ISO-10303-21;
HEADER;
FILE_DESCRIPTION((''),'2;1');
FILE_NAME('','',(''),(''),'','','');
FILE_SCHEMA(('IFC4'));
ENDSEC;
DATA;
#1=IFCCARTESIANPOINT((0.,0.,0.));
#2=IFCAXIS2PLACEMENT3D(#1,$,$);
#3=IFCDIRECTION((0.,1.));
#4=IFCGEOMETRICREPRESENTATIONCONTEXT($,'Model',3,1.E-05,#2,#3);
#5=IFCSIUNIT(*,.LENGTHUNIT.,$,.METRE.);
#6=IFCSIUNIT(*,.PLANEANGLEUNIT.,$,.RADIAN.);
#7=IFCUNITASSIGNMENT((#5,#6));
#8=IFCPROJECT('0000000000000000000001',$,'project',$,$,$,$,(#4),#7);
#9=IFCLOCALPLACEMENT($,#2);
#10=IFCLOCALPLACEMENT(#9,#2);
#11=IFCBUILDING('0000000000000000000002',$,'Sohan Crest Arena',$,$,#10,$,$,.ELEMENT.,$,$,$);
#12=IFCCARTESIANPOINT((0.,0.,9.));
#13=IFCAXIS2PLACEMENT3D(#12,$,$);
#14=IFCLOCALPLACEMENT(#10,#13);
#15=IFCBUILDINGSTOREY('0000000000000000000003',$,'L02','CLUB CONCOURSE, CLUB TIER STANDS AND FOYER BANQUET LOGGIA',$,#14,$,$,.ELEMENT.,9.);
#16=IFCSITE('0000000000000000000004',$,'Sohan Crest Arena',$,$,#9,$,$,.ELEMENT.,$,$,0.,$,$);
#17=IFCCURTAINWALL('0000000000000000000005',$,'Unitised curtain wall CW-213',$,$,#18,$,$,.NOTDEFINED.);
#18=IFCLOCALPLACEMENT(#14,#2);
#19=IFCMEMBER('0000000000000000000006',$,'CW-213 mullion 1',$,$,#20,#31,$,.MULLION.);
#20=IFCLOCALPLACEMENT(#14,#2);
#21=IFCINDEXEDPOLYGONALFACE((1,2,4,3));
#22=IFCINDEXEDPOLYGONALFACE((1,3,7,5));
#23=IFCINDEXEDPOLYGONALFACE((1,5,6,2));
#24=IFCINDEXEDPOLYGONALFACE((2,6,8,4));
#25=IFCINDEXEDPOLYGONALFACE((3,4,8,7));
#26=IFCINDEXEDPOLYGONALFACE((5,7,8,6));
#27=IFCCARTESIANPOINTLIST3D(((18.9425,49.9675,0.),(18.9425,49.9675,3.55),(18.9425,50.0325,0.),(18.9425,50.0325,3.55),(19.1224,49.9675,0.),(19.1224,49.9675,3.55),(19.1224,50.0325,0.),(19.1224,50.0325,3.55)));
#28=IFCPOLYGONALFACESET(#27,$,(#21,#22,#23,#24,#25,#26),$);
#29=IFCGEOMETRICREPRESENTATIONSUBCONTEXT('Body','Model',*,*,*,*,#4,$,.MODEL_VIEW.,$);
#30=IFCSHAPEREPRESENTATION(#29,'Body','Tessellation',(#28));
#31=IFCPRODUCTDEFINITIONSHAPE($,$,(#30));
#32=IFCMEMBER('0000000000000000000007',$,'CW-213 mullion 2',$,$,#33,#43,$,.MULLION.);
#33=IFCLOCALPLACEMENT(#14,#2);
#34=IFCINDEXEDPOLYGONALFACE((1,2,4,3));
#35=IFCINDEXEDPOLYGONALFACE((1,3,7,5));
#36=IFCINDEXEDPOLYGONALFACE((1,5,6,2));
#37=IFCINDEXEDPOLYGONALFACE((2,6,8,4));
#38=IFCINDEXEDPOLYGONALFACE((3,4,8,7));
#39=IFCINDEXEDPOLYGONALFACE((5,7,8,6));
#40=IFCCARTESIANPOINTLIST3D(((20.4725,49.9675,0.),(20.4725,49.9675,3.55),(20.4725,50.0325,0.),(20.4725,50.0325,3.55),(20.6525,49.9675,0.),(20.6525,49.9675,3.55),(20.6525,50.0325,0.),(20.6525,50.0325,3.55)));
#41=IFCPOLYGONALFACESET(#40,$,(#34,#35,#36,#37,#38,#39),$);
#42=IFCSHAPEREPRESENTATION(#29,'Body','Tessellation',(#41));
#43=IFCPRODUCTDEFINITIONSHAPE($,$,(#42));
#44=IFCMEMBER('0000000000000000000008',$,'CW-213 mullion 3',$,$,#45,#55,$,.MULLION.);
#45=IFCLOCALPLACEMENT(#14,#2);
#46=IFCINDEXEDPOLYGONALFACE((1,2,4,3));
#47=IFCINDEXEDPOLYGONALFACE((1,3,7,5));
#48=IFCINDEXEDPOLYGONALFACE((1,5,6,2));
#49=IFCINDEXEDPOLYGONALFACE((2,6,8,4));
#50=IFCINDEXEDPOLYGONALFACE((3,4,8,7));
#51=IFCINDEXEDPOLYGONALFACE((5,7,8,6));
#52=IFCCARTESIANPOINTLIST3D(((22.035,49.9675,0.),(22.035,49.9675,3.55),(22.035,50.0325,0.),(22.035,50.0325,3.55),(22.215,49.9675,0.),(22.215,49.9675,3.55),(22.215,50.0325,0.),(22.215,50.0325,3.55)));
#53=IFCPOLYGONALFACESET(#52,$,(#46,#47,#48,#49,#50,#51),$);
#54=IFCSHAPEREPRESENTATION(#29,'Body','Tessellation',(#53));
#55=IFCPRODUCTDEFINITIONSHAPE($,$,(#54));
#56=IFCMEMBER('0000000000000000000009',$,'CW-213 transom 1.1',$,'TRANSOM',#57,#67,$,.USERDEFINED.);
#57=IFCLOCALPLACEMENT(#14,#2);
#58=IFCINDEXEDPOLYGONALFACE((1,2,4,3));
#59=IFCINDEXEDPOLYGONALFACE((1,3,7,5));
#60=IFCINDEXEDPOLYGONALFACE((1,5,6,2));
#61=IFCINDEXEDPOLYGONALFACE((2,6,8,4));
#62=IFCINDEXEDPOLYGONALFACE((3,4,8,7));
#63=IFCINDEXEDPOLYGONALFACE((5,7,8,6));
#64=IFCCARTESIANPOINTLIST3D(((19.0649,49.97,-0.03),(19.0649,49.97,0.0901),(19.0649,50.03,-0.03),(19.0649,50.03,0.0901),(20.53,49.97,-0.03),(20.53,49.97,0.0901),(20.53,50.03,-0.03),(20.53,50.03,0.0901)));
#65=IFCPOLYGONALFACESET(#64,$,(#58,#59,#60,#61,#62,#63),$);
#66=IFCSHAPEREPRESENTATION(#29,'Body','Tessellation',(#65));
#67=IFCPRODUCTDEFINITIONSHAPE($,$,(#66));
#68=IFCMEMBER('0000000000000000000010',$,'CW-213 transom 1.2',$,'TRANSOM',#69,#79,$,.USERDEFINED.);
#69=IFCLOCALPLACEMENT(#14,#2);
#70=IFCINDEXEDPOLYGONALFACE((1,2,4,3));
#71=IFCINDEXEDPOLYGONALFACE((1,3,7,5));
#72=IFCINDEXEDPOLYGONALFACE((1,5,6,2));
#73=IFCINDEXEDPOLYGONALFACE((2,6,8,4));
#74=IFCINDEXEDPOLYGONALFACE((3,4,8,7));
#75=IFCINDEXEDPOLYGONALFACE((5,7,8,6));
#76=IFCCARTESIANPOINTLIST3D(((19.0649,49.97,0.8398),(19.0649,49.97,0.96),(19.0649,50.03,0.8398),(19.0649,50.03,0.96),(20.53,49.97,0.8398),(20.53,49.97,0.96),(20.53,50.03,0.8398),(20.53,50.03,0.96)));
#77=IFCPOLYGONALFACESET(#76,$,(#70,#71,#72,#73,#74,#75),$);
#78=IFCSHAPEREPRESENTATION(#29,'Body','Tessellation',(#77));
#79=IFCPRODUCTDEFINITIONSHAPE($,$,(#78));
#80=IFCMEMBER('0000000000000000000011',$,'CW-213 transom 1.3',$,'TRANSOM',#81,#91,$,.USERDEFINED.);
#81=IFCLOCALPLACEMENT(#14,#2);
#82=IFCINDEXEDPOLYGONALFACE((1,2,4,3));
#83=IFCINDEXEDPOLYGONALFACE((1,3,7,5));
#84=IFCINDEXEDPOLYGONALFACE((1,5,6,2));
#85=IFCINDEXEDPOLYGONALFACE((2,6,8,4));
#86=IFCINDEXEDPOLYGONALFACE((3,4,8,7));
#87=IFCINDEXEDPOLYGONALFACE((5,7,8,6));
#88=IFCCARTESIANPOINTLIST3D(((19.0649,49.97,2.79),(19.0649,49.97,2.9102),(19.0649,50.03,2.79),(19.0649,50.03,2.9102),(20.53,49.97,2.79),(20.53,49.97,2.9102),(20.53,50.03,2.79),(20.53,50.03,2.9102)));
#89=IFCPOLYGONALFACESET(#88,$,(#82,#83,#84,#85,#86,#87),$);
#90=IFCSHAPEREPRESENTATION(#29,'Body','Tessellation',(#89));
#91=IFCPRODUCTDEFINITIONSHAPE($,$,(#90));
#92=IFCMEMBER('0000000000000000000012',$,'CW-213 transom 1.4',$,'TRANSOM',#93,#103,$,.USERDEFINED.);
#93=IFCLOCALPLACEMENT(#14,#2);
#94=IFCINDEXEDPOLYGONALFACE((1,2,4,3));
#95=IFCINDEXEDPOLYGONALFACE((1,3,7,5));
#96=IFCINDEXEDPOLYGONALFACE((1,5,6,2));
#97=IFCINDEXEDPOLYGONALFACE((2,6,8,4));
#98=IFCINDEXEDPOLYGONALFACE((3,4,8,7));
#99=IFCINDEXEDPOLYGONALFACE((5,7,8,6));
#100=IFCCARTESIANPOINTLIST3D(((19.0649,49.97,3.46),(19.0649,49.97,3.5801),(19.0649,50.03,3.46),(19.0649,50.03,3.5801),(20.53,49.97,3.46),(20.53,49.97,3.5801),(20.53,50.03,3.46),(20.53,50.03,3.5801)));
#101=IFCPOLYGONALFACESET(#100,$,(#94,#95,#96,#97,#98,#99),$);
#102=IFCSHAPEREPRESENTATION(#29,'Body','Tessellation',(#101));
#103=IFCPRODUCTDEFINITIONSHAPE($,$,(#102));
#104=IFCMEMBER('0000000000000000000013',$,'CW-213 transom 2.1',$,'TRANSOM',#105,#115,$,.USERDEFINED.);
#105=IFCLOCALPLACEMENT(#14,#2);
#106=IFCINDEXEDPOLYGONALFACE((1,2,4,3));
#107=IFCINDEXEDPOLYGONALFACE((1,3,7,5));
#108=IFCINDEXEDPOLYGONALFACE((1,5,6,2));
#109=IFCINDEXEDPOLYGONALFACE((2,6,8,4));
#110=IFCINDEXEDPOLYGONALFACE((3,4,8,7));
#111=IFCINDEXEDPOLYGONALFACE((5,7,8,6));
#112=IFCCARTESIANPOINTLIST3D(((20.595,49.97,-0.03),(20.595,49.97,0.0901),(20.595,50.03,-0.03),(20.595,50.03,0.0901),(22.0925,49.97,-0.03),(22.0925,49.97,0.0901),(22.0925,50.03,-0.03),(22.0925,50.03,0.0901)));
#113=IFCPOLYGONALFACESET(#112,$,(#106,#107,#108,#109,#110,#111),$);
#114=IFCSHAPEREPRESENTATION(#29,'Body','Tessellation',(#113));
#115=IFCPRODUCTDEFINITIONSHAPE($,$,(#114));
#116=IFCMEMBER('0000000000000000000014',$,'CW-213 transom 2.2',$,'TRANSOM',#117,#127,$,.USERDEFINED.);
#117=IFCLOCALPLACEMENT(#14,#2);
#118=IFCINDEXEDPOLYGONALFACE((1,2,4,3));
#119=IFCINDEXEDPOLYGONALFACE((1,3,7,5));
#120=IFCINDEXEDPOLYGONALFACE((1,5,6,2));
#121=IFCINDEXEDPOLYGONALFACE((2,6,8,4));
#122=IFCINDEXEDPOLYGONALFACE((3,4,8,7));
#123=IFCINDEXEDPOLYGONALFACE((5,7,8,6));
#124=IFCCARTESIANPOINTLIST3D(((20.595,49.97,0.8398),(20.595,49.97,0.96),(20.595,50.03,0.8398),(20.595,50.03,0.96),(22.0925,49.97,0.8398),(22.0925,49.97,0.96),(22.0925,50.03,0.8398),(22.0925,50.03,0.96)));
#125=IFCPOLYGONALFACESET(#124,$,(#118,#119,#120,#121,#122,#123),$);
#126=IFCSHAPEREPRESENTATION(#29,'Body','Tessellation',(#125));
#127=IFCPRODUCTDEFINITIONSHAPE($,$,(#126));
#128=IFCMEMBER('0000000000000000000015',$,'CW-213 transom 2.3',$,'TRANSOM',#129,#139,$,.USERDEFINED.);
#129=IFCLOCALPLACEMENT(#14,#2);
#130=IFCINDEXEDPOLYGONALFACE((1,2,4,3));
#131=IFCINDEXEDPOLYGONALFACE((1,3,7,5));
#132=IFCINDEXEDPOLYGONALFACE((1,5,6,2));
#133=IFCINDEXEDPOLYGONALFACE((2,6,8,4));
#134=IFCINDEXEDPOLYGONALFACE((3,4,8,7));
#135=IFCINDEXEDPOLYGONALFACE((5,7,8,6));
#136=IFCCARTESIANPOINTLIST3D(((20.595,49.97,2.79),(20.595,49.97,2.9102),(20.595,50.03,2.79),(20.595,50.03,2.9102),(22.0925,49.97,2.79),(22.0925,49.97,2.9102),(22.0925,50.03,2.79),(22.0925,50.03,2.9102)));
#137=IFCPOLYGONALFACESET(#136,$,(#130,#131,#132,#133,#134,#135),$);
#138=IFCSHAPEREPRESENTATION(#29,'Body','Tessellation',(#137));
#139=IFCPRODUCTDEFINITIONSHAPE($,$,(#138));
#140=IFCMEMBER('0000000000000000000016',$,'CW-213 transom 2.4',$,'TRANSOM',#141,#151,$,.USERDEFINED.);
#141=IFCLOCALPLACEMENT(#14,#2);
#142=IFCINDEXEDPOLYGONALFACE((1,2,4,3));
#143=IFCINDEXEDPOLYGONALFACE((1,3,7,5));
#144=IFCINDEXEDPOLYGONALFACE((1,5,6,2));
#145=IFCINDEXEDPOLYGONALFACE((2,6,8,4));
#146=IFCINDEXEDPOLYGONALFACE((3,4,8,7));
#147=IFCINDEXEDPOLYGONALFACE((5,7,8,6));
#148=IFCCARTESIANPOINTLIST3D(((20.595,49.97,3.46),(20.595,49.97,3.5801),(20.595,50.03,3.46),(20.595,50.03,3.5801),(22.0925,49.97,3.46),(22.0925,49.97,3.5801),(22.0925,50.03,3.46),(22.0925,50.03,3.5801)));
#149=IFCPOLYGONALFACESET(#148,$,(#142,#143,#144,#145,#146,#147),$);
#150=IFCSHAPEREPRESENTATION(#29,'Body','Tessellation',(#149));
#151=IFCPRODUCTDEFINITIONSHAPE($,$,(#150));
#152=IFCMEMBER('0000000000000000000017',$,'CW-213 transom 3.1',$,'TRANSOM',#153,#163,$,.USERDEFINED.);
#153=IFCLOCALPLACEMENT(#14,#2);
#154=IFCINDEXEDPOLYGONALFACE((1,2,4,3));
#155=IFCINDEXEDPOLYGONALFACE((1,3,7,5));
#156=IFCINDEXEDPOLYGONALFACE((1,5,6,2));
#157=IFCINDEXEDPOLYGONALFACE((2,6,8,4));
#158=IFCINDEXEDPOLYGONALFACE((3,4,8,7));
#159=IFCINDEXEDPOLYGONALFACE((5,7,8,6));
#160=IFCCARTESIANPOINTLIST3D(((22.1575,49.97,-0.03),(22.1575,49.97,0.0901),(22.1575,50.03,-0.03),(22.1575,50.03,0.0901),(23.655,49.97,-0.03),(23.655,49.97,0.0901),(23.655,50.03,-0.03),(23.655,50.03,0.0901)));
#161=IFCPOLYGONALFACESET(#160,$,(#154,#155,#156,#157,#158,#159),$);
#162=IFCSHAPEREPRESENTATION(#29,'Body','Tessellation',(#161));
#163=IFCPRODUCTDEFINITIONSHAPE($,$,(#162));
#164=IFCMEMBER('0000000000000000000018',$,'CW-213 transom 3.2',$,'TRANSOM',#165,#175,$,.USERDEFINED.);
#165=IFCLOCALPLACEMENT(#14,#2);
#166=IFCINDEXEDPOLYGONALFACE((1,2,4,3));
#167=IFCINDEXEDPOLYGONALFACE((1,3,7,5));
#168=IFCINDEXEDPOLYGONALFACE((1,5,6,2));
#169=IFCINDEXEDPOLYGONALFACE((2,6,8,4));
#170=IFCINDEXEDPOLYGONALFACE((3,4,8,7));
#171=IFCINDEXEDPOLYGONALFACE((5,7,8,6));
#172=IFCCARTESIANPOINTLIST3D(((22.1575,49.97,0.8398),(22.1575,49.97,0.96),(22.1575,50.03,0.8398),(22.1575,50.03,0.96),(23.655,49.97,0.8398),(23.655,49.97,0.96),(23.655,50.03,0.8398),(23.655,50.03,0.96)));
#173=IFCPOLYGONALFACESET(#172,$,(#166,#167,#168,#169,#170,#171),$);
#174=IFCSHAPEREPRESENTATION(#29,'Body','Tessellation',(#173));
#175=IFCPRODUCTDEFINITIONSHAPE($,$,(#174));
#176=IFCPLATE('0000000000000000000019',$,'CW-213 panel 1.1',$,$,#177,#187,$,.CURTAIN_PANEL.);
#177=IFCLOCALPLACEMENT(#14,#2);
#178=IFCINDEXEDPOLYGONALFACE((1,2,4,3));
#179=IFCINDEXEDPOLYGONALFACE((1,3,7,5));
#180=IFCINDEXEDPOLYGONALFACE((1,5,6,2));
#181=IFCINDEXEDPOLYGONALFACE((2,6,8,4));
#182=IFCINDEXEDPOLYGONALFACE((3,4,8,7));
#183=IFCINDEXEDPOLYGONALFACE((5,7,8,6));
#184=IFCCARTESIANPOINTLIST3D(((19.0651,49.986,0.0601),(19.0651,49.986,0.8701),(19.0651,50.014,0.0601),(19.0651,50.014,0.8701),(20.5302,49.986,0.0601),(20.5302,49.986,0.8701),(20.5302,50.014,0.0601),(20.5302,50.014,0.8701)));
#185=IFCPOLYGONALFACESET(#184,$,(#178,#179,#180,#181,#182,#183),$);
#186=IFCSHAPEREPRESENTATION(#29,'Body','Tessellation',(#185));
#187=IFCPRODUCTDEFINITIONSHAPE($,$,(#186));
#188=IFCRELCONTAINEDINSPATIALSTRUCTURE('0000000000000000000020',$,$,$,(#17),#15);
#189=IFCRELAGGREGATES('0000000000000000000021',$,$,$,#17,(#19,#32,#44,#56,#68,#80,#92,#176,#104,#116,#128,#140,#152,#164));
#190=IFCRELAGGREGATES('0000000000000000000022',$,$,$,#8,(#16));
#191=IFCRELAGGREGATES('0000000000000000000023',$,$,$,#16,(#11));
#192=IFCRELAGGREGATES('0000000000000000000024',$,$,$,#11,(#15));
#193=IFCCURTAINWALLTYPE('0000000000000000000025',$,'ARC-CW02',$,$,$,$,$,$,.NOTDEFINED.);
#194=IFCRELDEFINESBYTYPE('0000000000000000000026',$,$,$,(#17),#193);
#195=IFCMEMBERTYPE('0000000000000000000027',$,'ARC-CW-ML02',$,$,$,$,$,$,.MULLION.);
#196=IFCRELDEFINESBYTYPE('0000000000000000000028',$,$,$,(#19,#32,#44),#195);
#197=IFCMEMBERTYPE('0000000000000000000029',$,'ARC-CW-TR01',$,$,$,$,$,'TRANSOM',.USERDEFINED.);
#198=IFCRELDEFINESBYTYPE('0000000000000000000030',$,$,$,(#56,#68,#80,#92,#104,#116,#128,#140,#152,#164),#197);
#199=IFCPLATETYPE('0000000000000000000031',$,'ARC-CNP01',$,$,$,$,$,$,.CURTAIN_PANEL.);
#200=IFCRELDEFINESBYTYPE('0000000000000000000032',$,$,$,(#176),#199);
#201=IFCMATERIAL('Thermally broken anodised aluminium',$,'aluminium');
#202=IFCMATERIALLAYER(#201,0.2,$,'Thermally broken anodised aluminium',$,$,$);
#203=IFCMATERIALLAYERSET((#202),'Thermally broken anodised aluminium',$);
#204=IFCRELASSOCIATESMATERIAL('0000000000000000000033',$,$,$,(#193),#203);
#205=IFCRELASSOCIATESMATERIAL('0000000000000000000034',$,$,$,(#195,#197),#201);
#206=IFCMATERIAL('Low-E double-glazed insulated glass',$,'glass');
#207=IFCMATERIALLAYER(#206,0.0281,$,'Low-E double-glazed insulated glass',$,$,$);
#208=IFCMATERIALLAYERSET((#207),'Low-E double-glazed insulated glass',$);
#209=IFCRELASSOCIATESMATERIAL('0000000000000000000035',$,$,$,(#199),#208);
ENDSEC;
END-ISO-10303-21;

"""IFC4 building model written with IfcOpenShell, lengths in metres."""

from ifc_helpers import new_model, si_unit, direction, frame, origin, origin_2d, place, context, subcontext, project, spatial, rectangle, extrude, material, layer, layer_set, material_profile, profile_set, type_object, element, aggregate, save


model = new_model("IFC4")

# Units and contexts
model_context = context("Model", 3, precision=1e-05, world=origin(), true_north=direction((0.0, 1.0)))
body_context = subcontext(model_context, "Body", "Model", "MODEL_VIEW")
ifc_project = project(units=[si_unit("LENGTHUNIT", "METRE"), si_unit("PLANEANGLEUNIT", "RADIAN")], contexts=[model_context])

# Site, building, storey
site_placement = place(None, origin())
site = spatial("IfcSite", under=ifc_project, at=site_placement, Name="Sohan Crest Arena", CompositionType="ELEMENT", RefElevation=0.0)
building_placement = place(site_placement, origin())
building = spatial("IfcBuilding", under=site, at=building_placement, Name="Sohan Crest Arena", CompositionType="ELEMENT")
storey_placement = place(building_placement, frame((0.0, 0.0, 9.0)))
storey = spatial("IfcBuildingStorey", under=building, at=storey_placement, Name="L02", Description="CLUB CONCOURSE, CLUB TIER STANDS AND FOYER BANQUET LOGGIA", CompositionType="ELEMENT", Elevation=9.0)

# Curtain wall, members, plate
ifc_material_1 = material(Name="Thermally broken anodised aluminium", Category="aluminium")
ifc_layer_1 = layer(ifc_material_1, 0.2, Name="Thermally broken anodised aluminium")
ifc_layer_set_1 = layer_set([ifc_layer_1], Name="Thermally broken anodised aluminium")
curtain_wall_type = type_object("IfcCurtainWallType", Name="ARC-CW02", PredefinedType="NOTDEFINED", material=ifc_layer_set_1)
curtain_wall_placement = place(storey_placement, origin())
curtain_wall = element("IfcCurtainWall", 1, at=curtain_wall_placement, inside=storey, type_object=curtain_wall_type, Name="Unitised curtain wall CW-213", PredefinedType="NOTDEFINED")
ifc_material_profile_1 = material_profile(ifc_material_1, rectangle(XDim=0.0649, YDim=0.1799, at=origin_2d()), Name="ALU-MULL 65x180")
ifc_profile_set_1 = profile_set([ifc_material_profile_1], Name="Thermally broken anodised aluminium")
member_type_1 = type_object("IfcMemberType", Name="ARC-CW-ML02", PredefinedType="MULLION", material=ifc_profile_set_1)
member_1_placement = place(storey_placement, frame((19.0325, 50.0, 0.0), z_axis=(0.0, 0.0, 1.0), x_axis=(0.0, 1.0, 0.0)))
member_1 = element("IfcMember", 2, at=member_1_placement, type_object=member_type_1, Name="CW-213 mullion 1", PredefinedType="MULLION", context=body_context, shape_type="SweptSolid", body=[
    extrude(rectangle(XDim=0.0649, YDim=0.1799, at=origin_2d()), origin(), (0.0, 0.0, 1.0), 3.55),
])
member_2_placement = place(storey_placement, frame((20.5625, 50.0, 0.0), z_axis=(0.0, 0.0, 1.0), x_axis=(0.0, 1.0, 0.0)))
member_2 = element("IfcMember", 3, at=member_2_placement, type_object=member_type_1, Name="CW-213 mullion 2", PredefinedType="MULLION", context=body_context, shape_type="SweptSolid", body=[
    extrude(rectangle(XDim=0.0649, YDim=0.1799, at=origin_2d()), origin(), (0.0, 0.0, 1.0), 3.55),
])
member_3_placement = place(storey_placement, frame((22.125, 50.0, 0.0), z_axis=(0.0, 0.0, 1.0), x_axis=(0.0, 1.0, 0.0)))
member_3 = element("IfcMember", 4, at=member_3_placement, type_object=member_type_1, Name="CW-213 mullion 3", PredefinedType="MULLION", context=body_context, shape_type="SweptSolid", body=[
    extrude(rectangle(XDim=0.0649, YDim=0.1799, at=origin_2d()), origin(), (0.0, 0.0, 1.0), 3.55),
])
ifc_material_profile_2 = material_profile(ifc_material_1, rectangle(XDim=0.0601, YDim=0.1201, at=origin_2d()), Name="ALU-TRAN 60x120")
ifc_profile_set_2 = profile_set([ifc_material_profile_2], Name="Thermally broken anodised aluminium")
member_type_2 = type_object("IfcMemberType", Name="ARC-CW-TR01", ElementType="TRANSOM", PredefinedType="USERDEFINED", material=ifc_profile_set_2)
member_4_placement = place(storey_placement, frame((19.0649, 50.0, 0.03), z_axis=(1.0, 0.0, 0.0), x_axis=(0.0, 1.0, 0.0)))
member_4 = element("IfcMember", 5, at=member_4_placement, type_object=member_type_2, Name="CW-213 transom 1.1", ObjectType="TRANSOM", PredefinedType="USERDEFINED", context=body_context, shape_type="SweptSolid", body=[
    extrude(rectangle(XDim=0.0601, YDim=0.1201, at=origin_2d()), origin(), (0.0, 0.0, 1.0), 1.4651),
])
member_5_placement = place(storey_placement, frame((19.0649, 50.0, 0.8999), z_axis=(1.0, 0.0, 0.0), x_axis=(0.0, 1.0, 0.0)))
member_5 = element("IfcMember", 6, at=member_5_placement, type_object=member_type_2, Name="CW-213 transom 1.2", ObjectType="TRANSOM", PredefinedType="USERDEFINED", context=body_context, shape_type="SweptSolid", body=[
    extrude(rectangle(XDim=0.0601, YDim=0.1201, at=origin_2d()), origin(), (0.0, 0.0, 1.0), 1.4651),
])
member_6_placement = place(storey_placement, frame((19.0649, 50.0, 2.8501), z_axis=(1.0, 0.0, 0.0), x_axis=(0.0, 1.0, 0.0)))
member_6 = element("IfcMember", 7, at=member_6_placement, type_object=member_type_2, Name="CW-213 transom 1.3", ObjectType="TRANSOM", PredefinedType="USERDEFINED", context=body_context, shape_type="SweptSolid", body=[
    extrude(rectangle(XDim=0.0601, YDim=0.1201, at=origin_2d()), origin(), (0.0, 0.0, 1.0), 1.4651),
])
member_7_placement = place(storey_placement, frame((19.0649, 50.0, 3.52), z_axis=(1.0, 0.0, 0.0), x_axis=(0.0, 1.0, 0.0)))
member_7 = element("IfcMember", 8, at=member_7_placement, type_object=member_type_2, Name="CW-213 transom 1.4", ObjectType="TRANSOM", PredefinedType="USERDEFINED", context=body_context, shape_type="SweptSolid", body=[
    extrude(rectangle(XDim=0.0601, YDim=0.1201, at=origin_2d()), origin(), (0.0, 0.0, 1.0), 1.4651),
])
member_8_placement = place(storey_placement, frame((20.595, 50.0, 0.03), z_axis=(1.0, 0.0, 0.0), x_axis=(0.0, 1.0, 0.0)))
member_8 = element("IfcMember", 9, at=member_8_placement, type_object=member_type_2, Name="CW-213 transom 2.1", ObjectType="TRANSOM", PredefinedType="USERDEFINED", context=body_context, shape_type="SweptSolid", body=[
    extrude(rectangle(XDim=0.0601, YDim=0.1201, at=origin_2d()), origin(), (0.0, 0.0, 1.0), 1.4976),
])
member_9_placement = place(storey_placement, frame((20.595, 50.0, 0.8999), z_axis=(1.0, 0.0, 0.0), x_axis=(0.0, 1.0, 0.0)))
member_9 = element("IfcMember", 10, at=member_9_placement, type_object=member_type_2, Name="CW-213 transom 2.2", ObjectType="TRANSOM", PredefinedType="USERDEFINED", context=body_context, shape_type="SweptSolid", body=[
    extrude(rectangle(XDim=0.0601, YDim=0.1201, at=origin_2d()), origin(), (0.0, 0.0, 1.0), 1.4976),
])
member_10_placement = place(storey_placement, frame((20.595, 50.0, 2.8501), z_axis=(1.0, 0.0, 0.0), x_axis=(0.0, 1.0, 0.0)))
member_10 = element("IfcMember", 11, at=member_10_placement, type_object=member_type_2, Name="CW-213 transom 2.3", ObjectType="TRANSOM", PredefinedType="USERDEFINED", context=body_context, shape_type="SweptSolid", body=[
    extrude(rectangle(XDim=0.0601, YDim=0.1201, at=origin_2d()), origin(), (0.0, 0.0, 1.0), 1.4976),
])
member_11_placement = place(storey_placement, frame((20.595, 50.0, 3.52), z_axis=(1.0, 0.0, 0.0), x_axis=(0.0, 1.0, 0.0)))
member_11 = element("IfcMember", 12, at=member_11_placement, type_object=member_type_2, Name="CW-213 transom 2.4", ObjectType="TRANSOM", PredefinedType="USERDEFINED", context=body_context, shape_type="SweptSolid", body=[
    extrude(rectangle(XDim=0.0601, YDim=0.1201, at=origin_2d()), origin(), (0.0, 0.0, 1.0), 1.4976),
])
member_12_placement = place(storey_placement, frame((22.1575, 50.0, 0.03), z_axis=(1.0, 0.0, 0.0), x_axis=(0.0, 1.0, 0.0)))
member_12 = element("IfcMember", 13, at=member_12_placement, type_object=member_type_2, Name="CW-213 transom 3.1", ObjectType="TRANSOM", PredefinedType="USERDEFINED", context=body_context, shape_type="SweptSolid", body=[
    extrude(rectangle(XDim=0.0601, YDim=0.1201, at=origin_2d()), origin(), (0.0, 0.0, 1.0), 1.4976),
])
member_13_placement = place(storey_placement, frame((22.1575, 50.0, 0.8999), z_axis=(1.0, 0.0, 0.0), x_axis=(0.0, 1.0, 0.0)))
member_13 = element("IfcMember", 14, at=member_13_placement, type_object=member_type_2, Name="CW-213 transom 3.2", ObjectType="TRANSOM", PredefinedType="USERDEFINED", context=body_context, shape_type="SweptSolid", body=[
    extrude(rectangle(XDim=0.0601, YDim=0.1201, at=origin_2d()), origin(), (0.0, 0.0, 1.0), 1.4976),
])
ifc_material_2 = material(Name="Low-E double-glazed insulated glass", Category="glass")
ifc_layer_2 = layer(ifc_material_2, 0.0281, Name="Low-E double-glazed insulated glass")
ifc_layer_set_2 = layer_set([ifc_layer_2], Name="Low-E double-glazed insulated glass")
plate_type = type_object("IfcPlateType", Name="ARC-CNP01", PredefinedType="CURTAIN_PANEL", material=ifc_layer_set_2)
plate_1_placement = place(storey_placement, frame((19.7976, 50.0, 0.0601), z_axis=(0.0, 0.0, 1.0), x_axis=(1.0, 0.0, 0.0)))
plate_1 = element("IfcPlate", 15, at=plate_1_placement, type_object=plate_type, Name="CW-213 panel 1.1", PredefinedType="CURTAIN_PANEL", context=body_context, shape_type="SweptSolid", body=[
    extrude(rectangle(XDim=1.4651, YDim=0.0281, at=origin_2d()), origin(), (0.0, 0.0, 1.0), 0.8101),
])
aggregate(curtain_wall, [member_1, member_2, member_3, member_4, member_5, member_6, member_7, plate_1, member_8, member_9, member_10, member_11, member_12, member_13])

save(model, "model.ifc")
